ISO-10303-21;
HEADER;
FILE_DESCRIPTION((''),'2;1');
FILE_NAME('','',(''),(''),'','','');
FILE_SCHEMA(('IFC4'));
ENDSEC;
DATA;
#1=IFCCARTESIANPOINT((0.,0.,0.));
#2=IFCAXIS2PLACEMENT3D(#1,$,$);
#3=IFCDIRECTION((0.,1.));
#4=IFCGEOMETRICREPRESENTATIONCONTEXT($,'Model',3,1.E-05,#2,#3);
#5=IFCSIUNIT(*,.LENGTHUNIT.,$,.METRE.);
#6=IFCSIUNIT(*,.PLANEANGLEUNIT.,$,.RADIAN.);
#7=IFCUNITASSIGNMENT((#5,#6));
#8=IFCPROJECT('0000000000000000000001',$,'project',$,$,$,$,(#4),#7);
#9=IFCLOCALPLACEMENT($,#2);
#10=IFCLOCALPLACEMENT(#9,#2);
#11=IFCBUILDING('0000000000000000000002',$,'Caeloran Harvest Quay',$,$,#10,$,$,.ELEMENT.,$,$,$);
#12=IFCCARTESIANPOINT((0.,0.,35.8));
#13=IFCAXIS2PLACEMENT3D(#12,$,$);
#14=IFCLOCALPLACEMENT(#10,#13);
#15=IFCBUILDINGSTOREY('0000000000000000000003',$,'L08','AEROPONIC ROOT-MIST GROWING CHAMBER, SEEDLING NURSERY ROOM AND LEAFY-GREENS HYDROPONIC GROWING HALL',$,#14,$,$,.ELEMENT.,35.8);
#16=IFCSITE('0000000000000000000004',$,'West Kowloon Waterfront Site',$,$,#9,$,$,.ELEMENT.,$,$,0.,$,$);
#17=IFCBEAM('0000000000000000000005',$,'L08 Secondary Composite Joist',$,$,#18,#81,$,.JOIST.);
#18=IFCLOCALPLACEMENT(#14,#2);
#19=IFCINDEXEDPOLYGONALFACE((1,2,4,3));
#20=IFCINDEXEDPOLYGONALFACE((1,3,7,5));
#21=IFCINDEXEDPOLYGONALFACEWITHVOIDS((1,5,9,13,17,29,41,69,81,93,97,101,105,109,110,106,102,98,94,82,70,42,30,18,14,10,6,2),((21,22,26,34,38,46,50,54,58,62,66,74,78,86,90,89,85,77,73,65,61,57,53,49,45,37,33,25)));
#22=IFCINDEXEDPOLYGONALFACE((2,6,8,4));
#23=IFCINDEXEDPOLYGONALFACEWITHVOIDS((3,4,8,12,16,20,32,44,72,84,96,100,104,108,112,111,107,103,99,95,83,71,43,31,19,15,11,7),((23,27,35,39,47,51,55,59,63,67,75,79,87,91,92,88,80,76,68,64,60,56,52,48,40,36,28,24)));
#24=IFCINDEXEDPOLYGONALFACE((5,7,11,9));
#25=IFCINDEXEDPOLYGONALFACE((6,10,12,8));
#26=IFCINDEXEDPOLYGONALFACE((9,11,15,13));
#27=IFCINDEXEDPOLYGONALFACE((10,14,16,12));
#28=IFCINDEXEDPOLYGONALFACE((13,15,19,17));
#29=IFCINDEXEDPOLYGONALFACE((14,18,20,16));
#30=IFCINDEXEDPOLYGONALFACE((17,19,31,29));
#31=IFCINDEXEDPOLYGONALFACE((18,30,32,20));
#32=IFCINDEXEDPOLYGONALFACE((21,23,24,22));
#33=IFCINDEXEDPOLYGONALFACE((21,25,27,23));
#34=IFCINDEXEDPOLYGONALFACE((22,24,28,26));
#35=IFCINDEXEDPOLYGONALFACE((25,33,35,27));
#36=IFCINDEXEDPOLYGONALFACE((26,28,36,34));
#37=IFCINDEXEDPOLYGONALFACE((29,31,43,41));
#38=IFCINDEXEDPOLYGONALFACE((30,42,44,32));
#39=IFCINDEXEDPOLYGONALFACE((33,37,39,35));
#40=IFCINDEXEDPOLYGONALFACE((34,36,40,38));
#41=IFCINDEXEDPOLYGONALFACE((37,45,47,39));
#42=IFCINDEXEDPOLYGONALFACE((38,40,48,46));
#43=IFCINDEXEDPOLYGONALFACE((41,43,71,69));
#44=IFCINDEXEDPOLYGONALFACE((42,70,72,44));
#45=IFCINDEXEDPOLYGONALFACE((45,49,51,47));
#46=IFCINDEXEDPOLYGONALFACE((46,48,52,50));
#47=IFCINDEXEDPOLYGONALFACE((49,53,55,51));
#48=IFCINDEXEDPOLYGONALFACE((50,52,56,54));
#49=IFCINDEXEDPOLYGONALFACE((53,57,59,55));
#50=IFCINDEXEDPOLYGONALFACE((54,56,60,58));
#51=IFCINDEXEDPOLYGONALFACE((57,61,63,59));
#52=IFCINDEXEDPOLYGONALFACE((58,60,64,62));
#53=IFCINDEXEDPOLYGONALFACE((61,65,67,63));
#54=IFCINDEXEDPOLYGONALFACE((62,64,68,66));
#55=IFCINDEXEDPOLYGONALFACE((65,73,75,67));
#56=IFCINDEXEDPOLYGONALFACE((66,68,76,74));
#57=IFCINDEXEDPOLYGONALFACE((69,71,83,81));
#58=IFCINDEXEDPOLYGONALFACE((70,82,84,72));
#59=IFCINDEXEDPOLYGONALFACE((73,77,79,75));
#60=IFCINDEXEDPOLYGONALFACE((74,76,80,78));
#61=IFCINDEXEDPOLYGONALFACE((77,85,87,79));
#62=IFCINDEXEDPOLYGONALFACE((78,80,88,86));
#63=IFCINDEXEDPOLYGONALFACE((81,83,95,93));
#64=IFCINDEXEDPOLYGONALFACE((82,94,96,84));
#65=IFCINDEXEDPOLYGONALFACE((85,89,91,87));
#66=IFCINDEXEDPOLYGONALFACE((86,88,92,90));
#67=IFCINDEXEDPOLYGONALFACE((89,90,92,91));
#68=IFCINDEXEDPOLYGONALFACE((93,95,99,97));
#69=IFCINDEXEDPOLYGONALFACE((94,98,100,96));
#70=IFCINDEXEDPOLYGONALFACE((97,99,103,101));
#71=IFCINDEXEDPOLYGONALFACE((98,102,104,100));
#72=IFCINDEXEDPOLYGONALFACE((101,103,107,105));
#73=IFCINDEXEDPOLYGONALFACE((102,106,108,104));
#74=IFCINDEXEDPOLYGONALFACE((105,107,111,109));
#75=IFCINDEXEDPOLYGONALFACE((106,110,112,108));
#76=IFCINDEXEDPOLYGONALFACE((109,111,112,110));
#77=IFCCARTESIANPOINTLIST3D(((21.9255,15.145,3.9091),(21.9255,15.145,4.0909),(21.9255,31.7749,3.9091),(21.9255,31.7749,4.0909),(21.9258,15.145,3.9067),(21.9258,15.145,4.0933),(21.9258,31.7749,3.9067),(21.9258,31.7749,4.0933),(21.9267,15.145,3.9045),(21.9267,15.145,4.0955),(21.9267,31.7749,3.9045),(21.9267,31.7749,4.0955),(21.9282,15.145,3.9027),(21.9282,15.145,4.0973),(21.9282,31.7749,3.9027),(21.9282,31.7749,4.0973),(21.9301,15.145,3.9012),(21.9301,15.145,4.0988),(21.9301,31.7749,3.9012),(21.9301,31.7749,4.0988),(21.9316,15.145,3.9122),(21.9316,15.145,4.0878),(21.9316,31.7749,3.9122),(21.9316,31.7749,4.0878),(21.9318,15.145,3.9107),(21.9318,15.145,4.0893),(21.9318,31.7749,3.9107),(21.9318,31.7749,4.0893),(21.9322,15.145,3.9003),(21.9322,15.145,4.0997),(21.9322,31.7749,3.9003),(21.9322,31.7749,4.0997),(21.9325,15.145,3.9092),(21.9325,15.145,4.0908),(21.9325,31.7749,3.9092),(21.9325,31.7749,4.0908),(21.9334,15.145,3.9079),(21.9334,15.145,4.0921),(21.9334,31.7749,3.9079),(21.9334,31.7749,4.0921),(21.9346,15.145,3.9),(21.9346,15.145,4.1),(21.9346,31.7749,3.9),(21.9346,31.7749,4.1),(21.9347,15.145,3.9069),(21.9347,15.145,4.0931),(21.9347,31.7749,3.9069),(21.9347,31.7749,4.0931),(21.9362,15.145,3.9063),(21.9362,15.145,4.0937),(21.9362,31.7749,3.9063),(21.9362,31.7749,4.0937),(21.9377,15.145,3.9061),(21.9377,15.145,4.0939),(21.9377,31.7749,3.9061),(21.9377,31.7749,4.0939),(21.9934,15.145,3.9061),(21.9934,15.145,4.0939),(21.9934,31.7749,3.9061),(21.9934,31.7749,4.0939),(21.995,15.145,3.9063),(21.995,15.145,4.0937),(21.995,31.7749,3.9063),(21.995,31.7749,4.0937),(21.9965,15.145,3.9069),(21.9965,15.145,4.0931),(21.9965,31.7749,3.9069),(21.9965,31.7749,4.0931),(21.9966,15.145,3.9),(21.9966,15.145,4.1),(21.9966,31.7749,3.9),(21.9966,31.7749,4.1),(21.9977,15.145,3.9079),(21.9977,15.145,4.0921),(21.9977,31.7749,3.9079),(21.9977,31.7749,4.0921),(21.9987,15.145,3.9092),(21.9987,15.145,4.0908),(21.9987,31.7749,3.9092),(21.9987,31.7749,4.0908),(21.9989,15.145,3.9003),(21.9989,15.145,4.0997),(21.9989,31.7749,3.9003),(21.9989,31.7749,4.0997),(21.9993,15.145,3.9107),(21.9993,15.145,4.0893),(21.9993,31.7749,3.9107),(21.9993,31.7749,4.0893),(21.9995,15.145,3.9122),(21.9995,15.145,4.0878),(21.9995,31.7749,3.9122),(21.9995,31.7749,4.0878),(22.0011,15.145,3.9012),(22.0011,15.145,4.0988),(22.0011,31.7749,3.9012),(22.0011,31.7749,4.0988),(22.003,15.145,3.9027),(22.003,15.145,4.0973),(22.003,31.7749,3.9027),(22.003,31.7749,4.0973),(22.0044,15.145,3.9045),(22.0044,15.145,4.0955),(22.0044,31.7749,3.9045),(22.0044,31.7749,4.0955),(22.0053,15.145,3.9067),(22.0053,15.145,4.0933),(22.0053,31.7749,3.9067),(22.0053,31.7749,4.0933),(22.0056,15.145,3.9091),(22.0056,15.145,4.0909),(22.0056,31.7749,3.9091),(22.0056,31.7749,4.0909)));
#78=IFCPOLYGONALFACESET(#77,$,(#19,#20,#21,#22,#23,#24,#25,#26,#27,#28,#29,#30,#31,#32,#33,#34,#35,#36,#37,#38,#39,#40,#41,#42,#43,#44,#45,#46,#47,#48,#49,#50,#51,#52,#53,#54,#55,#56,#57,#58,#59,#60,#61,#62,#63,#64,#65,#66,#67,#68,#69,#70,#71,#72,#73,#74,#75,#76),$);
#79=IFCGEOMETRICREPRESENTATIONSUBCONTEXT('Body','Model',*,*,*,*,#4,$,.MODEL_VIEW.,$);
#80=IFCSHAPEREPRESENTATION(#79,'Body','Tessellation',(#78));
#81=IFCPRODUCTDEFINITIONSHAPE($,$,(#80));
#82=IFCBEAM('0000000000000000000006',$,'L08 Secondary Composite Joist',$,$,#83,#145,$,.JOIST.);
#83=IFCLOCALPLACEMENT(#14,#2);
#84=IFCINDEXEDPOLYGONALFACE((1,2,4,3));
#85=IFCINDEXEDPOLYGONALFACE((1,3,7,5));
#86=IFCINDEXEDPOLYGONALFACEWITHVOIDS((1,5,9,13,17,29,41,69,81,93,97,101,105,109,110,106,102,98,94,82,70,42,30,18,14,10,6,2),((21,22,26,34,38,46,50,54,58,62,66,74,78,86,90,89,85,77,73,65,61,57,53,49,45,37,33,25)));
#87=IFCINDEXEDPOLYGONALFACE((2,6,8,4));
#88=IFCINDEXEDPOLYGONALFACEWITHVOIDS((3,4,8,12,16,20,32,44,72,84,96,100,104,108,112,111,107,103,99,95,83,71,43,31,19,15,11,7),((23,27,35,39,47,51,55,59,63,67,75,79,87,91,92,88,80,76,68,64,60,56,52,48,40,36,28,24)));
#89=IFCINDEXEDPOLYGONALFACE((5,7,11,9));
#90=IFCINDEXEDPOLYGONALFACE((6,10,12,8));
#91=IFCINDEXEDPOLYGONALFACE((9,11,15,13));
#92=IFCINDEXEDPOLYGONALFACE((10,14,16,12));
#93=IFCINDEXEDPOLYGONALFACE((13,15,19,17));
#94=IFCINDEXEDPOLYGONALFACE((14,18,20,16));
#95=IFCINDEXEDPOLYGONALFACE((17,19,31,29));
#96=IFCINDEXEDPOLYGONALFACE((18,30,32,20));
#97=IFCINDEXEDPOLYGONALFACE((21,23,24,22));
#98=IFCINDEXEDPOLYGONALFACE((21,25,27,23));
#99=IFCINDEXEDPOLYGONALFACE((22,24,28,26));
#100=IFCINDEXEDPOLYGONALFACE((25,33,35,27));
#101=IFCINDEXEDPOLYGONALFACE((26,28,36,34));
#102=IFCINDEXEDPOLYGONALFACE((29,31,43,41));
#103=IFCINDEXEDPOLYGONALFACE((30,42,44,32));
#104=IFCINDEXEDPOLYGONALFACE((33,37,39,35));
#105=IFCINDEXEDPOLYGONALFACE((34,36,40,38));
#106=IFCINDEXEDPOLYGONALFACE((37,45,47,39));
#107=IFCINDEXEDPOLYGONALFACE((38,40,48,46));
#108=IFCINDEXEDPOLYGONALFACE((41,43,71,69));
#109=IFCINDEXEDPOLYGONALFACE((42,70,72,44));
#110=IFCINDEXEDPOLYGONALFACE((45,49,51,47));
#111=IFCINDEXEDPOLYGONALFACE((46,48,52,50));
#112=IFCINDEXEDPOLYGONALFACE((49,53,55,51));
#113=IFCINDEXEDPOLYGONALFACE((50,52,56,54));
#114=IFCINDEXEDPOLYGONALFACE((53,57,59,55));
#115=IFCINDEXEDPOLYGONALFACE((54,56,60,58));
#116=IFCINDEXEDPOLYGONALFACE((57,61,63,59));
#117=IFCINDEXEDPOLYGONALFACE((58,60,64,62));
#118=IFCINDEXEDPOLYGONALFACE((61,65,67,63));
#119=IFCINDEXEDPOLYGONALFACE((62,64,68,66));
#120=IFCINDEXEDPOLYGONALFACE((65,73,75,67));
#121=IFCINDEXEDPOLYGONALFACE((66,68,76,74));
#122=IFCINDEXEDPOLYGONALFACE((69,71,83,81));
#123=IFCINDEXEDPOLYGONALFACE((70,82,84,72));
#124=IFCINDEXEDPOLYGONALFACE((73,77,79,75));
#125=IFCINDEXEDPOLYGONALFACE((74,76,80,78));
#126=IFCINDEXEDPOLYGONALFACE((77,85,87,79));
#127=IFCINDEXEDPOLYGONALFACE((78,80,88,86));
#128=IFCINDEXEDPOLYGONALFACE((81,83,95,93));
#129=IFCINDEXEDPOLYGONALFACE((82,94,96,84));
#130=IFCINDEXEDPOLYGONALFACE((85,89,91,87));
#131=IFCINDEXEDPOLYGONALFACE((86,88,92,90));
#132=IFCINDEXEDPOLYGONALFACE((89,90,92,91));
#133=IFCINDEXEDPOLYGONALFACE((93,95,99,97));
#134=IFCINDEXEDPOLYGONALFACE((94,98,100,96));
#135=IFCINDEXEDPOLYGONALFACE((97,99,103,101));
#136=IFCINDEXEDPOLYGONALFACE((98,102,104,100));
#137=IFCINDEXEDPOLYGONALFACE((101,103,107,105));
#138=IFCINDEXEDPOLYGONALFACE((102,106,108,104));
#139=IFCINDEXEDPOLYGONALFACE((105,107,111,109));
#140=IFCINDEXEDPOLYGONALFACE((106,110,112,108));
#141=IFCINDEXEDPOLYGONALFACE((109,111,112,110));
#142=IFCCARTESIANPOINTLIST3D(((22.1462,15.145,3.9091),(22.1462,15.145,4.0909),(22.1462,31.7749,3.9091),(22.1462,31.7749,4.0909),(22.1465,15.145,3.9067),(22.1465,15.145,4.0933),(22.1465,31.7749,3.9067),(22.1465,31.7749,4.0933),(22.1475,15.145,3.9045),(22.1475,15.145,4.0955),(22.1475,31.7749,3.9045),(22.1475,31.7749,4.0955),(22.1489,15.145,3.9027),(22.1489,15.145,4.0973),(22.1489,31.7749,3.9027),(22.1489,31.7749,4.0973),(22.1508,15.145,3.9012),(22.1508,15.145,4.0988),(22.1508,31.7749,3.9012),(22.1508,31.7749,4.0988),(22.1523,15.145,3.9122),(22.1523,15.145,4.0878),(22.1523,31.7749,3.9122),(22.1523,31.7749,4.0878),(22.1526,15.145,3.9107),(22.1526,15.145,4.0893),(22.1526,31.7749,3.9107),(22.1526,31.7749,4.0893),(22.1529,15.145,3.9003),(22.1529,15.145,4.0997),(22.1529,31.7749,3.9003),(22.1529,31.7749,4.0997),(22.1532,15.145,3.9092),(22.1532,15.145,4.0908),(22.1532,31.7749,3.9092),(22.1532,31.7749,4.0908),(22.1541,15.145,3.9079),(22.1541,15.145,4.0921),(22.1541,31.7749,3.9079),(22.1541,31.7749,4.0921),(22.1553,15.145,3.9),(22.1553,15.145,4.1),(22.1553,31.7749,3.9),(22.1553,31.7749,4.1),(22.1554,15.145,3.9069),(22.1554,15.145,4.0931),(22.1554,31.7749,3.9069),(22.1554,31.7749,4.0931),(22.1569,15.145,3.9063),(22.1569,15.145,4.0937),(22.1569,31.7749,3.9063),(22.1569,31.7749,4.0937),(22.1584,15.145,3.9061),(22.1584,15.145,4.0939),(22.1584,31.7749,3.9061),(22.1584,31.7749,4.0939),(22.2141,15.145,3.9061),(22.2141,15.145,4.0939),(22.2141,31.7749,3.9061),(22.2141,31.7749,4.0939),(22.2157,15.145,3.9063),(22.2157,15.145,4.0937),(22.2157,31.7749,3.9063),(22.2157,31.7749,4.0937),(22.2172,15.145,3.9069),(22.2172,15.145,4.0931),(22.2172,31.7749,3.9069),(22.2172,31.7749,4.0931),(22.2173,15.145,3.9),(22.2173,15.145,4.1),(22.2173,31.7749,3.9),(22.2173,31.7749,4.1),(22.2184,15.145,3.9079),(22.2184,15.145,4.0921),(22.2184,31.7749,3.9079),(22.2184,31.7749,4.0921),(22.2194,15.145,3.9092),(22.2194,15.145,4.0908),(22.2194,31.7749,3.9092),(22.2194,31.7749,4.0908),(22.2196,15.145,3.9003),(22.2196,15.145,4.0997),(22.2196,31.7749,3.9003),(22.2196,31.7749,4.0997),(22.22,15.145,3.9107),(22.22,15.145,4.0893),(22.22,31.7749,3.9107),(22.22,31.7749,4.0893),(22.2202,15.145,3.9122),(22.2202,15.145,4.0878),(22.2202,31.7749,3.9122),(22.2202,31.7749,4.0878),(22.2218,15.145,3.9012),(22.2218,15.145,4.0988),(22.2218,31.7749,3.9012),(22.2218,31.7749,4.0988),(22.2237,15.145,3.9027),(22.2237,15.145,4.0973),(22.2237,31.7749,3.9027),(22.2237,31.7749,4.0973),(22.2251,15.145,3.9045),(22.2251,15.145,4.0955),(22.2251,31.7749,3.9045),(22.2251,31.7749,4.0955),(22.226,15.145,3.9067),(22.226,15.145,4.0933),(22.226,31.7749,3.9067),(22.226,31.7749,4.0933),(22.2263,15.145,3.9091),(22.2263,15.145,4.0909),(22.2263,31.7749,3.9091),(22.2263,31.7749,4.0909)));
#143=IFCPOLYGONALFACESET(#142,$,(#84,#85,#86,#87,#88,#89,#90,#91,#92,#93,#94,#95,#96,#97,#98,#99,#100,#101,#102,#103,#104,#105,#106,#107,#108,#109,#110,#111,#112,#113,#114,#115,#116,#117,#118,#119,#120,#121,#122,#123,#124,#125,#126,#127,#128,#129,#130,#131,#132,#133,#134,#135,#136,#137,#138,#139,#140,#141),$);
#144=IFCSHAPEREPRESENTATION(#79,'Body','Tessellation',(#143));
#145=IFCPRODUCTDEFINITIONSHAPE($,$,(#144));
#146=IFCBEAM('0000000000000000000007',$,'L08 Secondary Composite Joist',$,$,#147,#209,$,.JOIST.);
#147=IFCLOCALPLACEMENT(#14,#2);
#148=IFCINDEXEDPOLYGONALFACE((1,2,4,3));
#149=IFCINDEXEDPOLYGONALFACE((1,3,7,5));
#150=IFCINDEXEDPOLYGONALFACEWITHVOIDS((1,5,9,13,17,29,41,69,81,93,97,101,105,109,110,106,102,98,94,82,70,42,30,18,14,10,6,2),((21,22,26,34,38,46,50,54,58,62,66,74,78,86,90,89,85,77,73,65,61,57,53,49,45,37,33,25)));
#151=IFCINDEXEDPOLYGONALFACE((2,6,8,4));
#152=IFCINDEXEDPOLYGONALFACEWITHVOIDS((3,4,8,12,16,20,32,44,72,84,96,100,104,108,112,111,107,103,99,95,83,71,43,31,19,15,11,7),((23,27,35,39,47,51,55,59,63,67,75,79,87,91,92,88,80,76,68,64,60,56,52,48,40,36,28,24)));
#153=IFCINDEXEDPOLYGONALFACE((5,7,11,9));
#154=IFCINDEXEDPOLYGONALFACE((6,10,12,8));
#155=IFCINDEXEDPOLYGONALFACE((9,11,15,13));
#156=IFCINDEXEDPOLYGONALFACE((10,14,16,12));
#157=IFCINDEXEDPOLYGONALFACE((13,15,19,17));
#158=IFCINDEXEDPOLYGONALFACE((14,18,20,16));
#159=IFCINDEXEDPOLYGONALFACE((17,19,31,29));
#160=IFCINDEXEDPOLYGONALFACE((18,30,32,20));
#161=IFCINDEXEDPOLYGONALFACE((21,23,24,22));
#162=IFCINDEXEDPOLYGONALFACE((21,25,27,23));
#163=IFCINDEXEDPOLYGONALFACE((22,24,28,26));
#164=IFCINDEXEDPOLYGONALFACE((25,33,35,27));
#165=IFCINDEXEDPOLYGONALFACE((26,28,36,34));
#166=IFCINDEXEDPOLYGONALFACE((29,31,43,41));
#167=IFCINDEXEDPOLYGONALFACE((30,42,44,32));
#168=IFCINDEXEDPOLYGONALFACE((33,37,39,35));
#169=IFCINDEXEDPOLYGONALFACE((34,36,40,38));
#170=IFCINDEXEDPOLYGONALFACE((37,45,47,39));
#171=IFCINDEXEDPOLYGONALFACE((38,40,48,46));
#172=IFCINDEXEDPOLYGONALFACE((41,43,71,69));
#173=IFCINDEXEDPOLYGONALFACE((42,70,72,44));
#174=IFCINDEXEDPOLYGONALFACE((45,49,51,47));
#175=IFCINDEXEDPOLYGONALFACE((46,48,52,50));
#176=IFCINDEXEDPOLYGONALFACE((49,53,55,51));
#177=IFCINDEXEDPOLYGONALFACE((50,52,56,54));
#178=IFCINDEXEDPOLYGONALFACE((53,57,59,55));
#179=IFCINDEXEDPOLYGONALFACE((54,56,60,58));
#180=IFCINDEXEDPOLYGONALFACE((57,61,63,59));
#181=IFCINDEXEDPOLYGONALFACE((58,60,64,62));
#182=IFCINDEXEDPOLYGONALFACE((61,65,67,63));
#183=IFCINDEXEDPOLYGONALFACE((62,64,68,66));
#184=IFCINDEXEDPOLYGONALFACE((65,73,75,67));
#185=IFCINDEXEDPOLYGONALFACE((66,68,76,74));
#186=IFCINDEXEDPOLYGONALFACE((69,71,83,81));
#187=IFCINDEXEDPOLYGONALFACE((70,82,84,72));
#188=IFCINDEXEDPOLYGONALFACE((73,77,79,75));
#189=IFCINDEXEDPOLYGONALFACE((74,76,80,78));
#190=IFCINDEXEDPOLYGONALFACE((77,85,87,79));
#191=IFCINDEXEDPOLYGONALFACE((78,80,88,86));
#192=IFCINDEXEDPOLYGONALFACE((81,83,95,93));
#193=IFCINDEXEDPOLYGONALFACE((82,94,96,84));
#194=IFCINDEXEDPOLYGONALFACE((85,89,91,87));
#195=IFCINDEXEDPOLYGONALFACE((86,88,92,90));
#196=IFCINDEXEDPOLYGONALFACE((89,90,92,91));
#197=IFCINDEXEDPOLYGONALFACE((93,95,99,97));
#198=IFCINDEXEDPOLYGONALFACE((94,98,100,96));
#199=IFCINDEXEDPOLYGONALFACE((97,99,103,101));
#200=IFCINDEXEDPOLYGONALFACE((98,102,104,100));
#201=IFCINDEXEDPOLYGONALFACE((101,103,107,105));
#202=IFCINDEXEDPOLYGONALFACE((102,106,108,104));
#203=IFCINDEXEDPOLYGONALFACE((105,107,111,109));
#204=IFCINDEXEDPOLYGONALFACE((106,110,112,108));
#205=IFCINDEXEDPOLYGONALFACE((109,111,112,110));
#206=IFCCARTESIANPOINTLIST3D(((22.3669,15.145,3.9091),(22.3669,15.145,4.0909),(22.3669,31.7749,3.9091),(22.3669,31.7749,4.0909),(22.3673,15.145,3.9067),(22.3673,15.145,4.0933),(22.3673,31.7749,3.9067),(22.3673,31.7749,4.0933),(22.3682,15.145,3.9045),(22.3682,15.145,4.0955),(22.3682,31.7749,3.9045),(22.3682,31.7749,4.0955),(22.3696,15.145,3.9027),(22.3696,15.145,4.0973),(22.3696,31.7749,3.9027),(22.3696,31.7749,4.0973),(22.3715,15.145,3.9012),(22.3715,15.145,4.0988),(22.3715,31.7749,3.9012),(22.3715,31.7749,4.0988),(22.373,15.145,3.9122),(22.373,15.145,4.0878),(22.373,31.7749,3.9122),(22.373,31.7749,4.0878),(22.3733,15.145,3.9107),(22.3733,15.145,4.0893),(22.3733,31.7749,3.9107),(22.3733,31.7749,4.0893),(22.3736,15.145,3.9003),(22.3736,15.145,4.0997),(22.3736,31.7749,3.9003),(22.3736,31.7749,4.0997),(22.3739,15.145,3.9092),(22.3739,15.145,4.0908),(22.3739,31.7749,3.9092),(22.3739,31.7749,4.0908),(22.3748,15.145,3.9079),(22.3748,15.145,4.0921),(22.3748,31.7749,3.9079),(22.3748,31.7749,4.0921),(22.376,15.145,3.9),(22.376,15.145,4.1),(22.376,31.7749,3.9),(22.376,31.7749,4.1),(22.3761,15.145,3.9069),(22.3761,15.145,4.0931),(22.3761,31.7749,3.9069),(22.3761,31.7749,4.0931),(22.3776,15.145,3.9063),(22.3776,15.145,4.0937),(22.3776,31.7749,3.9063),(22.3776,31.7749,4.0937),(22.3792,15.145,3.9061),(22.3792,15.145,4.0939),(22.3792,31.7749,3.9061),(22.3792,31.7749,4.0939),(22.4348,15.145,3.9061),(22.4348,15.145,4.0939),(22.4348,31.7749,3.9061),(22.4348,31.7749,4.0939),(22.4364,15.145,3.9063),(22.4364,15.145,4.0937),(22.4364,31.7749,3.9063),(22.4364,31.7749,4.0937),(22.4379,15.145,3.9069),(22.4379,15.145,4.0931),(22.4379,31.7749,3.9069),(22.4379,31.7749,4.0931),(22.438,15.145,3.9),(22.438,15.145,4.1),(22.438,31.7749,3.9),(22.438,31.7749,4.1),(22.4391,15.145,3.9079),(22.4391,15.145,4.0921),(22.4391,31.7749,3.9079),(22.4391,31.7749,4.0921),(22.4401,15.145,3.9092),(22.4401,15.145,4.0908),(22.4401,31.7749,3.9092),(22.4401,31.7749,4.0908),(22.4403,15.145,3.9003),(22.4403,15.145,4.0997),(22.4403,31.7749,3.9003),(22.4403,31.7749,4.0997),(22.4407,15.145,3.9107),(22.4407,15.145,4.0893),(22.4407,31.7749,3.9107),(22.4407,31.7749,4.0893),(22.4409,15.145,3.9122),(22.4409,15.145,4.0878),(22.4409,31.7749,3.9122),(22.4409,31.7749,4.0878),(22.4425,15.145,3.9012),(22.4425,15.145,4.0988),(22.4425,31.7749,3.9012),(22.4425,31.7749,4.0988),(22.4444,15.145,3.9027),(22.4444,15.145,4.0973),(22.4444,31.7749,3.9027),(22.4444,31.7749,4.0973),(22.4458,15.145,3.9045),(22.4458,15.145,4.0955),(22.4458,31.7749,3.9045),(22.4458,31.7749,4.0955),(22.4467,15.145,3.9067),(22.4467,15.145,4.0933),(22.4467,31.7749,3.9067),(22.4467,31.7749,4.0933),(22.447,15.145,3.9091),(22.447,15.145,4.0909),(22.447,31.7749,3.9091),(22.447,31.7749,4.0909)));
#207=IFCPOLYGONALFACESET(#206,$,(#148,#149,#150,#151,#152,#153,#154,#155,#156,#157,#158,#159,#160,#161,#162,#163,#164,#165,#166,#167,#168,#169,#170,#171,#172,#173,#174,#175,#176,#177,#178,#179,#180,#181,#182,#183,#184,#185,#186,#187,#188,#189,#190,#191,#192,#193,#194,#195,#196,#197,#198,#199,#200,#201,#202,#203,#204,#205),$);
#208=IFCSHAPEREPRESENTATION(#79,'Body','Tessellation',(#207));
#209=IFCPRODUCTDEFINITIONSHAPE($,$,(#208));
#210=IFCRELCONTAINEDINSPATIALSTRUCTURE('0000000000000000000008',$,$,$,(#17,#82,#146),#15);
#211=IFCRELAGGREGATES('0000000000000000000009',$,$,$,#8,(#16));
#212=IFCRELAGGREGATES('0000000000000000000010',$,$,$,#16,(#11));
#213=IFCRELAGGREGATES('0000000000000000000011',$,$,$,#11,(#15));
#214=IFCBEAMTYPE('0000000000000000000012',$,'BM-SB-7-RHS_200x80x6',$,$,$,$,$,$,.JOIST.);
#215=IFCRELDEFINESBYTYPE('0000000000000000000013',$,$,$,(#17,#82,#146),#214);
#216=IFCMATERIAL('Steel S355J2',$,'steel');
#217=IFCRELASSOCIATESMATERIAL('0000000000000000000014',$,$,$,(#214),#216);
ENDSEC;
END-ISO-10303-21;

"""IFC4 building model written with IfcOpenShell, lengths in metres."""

from ifc_helpers import new_model, si_unit, direction, frame, origin, origin_2d, place, context, subcontext, project, spatial, hollow_rectangle, extrude, material, material_profile, profile_set, type_object, element, save


model = new_model("IFC4")

# Units and contexts
model_context = context("Model", 3, precision=1e-05, world=origin(), true_north=direction((0.0, 1.0)))
body_context = subcontext(model_context, "Body", "Model", "MODEL_VIEW")
ifc_project = project(units=[si_unit("LENGTHUNIT", "METRE"), si_unit("PLANEANGLEUNIT", "RADIAN")], contexts=[model_context])

# Site, building, storey
site_placement = place(None, origin())
site = spatial("IfcSite", under=ifc_project, at=site_placement, Name="West Kowloon Waterfront Site", CompositionType="ELEMENT", RefElevation=0.0)
building_placement = place(site_placement, origin())
building = spatial("IfcBuilding", under=site, at=building_placement, Name="Caeloran Harvest Quay", CompositionType="ELEMENT")
storey_placement = place(building_placement, frame((0.0, 0.0, 35.8)))
storey = spatial("IfcBuildingStorey", under=building, at=storey_placement, Name="L08", Description="AEROPONIC ROOT-MIST GROWING CHAMBER, SEEDLING NURSERY ROOM AND LEAFY-GREENS HYDROPONIC GROWING HALL", CompositionType="ELEMENT", Elevation=35.8)

# Beams
ifc_material_1 = material(Name="Steel S355J2", Category="steel")
ifc_material_profile_1 = material_profile(ifc_material_1, hollow_rectangle(XDim=0.0801, YDim=0.2, WallThickness=0.0061, InnerFilletRadius=0.0061, OuterFilletRadius=0.009, at=origin_2d()), Name="RHS 200x80x6")
ifc_profile_set_1 = profile_set([ifc_material_profile_1], Name="Steel S355J2")
beam_type_1 = type_object("IfcBeamType", Name="BM-SB-7-RHS_200x80x6", PredefinedType="JOIST", material=ifc_profile_set_1)
for number, where, z_axis, x_axis, name in (
    (1, (21.9656, 15.145, 4.0), (0.0, 1.0, 0.0), (-1.0, 0.0, 0.0), "L08 Secondary Composite Joist"),
    (2, (22.1863, 15.145, 4.0), (0.0, 1.0, 0.0), (-1.0, 0.0, 0.0), "L08 Secondary Composite Joist"),
    (3, (22.407, 15.145, 4.0), (0.0, 1.0, 0.0), (-1.0, 0.0, 0.0), "L08 Secondary Composite Joist"),
):
    element("IfcBeam", number, at=place(storey_placement, frame(where, z_axis=z_axis, x_axis=x_axis)), inside=storey, type_object=beam_type_1, Name=name, PredefinedType="JOIST", context=body_context, shape_type="SweptSolid", body=[
        extrude(hollow_rectangle(XDim=0.0801, YDim=0.2, WallThickness=0.0061, InnerFilletRadius=0.0061, OuterFilletRadius=0.009, at=origin_2d()), origin(), (0.0, 0.0, 1.0), 16.6299),
    ])

save(model, "model.ifc")
